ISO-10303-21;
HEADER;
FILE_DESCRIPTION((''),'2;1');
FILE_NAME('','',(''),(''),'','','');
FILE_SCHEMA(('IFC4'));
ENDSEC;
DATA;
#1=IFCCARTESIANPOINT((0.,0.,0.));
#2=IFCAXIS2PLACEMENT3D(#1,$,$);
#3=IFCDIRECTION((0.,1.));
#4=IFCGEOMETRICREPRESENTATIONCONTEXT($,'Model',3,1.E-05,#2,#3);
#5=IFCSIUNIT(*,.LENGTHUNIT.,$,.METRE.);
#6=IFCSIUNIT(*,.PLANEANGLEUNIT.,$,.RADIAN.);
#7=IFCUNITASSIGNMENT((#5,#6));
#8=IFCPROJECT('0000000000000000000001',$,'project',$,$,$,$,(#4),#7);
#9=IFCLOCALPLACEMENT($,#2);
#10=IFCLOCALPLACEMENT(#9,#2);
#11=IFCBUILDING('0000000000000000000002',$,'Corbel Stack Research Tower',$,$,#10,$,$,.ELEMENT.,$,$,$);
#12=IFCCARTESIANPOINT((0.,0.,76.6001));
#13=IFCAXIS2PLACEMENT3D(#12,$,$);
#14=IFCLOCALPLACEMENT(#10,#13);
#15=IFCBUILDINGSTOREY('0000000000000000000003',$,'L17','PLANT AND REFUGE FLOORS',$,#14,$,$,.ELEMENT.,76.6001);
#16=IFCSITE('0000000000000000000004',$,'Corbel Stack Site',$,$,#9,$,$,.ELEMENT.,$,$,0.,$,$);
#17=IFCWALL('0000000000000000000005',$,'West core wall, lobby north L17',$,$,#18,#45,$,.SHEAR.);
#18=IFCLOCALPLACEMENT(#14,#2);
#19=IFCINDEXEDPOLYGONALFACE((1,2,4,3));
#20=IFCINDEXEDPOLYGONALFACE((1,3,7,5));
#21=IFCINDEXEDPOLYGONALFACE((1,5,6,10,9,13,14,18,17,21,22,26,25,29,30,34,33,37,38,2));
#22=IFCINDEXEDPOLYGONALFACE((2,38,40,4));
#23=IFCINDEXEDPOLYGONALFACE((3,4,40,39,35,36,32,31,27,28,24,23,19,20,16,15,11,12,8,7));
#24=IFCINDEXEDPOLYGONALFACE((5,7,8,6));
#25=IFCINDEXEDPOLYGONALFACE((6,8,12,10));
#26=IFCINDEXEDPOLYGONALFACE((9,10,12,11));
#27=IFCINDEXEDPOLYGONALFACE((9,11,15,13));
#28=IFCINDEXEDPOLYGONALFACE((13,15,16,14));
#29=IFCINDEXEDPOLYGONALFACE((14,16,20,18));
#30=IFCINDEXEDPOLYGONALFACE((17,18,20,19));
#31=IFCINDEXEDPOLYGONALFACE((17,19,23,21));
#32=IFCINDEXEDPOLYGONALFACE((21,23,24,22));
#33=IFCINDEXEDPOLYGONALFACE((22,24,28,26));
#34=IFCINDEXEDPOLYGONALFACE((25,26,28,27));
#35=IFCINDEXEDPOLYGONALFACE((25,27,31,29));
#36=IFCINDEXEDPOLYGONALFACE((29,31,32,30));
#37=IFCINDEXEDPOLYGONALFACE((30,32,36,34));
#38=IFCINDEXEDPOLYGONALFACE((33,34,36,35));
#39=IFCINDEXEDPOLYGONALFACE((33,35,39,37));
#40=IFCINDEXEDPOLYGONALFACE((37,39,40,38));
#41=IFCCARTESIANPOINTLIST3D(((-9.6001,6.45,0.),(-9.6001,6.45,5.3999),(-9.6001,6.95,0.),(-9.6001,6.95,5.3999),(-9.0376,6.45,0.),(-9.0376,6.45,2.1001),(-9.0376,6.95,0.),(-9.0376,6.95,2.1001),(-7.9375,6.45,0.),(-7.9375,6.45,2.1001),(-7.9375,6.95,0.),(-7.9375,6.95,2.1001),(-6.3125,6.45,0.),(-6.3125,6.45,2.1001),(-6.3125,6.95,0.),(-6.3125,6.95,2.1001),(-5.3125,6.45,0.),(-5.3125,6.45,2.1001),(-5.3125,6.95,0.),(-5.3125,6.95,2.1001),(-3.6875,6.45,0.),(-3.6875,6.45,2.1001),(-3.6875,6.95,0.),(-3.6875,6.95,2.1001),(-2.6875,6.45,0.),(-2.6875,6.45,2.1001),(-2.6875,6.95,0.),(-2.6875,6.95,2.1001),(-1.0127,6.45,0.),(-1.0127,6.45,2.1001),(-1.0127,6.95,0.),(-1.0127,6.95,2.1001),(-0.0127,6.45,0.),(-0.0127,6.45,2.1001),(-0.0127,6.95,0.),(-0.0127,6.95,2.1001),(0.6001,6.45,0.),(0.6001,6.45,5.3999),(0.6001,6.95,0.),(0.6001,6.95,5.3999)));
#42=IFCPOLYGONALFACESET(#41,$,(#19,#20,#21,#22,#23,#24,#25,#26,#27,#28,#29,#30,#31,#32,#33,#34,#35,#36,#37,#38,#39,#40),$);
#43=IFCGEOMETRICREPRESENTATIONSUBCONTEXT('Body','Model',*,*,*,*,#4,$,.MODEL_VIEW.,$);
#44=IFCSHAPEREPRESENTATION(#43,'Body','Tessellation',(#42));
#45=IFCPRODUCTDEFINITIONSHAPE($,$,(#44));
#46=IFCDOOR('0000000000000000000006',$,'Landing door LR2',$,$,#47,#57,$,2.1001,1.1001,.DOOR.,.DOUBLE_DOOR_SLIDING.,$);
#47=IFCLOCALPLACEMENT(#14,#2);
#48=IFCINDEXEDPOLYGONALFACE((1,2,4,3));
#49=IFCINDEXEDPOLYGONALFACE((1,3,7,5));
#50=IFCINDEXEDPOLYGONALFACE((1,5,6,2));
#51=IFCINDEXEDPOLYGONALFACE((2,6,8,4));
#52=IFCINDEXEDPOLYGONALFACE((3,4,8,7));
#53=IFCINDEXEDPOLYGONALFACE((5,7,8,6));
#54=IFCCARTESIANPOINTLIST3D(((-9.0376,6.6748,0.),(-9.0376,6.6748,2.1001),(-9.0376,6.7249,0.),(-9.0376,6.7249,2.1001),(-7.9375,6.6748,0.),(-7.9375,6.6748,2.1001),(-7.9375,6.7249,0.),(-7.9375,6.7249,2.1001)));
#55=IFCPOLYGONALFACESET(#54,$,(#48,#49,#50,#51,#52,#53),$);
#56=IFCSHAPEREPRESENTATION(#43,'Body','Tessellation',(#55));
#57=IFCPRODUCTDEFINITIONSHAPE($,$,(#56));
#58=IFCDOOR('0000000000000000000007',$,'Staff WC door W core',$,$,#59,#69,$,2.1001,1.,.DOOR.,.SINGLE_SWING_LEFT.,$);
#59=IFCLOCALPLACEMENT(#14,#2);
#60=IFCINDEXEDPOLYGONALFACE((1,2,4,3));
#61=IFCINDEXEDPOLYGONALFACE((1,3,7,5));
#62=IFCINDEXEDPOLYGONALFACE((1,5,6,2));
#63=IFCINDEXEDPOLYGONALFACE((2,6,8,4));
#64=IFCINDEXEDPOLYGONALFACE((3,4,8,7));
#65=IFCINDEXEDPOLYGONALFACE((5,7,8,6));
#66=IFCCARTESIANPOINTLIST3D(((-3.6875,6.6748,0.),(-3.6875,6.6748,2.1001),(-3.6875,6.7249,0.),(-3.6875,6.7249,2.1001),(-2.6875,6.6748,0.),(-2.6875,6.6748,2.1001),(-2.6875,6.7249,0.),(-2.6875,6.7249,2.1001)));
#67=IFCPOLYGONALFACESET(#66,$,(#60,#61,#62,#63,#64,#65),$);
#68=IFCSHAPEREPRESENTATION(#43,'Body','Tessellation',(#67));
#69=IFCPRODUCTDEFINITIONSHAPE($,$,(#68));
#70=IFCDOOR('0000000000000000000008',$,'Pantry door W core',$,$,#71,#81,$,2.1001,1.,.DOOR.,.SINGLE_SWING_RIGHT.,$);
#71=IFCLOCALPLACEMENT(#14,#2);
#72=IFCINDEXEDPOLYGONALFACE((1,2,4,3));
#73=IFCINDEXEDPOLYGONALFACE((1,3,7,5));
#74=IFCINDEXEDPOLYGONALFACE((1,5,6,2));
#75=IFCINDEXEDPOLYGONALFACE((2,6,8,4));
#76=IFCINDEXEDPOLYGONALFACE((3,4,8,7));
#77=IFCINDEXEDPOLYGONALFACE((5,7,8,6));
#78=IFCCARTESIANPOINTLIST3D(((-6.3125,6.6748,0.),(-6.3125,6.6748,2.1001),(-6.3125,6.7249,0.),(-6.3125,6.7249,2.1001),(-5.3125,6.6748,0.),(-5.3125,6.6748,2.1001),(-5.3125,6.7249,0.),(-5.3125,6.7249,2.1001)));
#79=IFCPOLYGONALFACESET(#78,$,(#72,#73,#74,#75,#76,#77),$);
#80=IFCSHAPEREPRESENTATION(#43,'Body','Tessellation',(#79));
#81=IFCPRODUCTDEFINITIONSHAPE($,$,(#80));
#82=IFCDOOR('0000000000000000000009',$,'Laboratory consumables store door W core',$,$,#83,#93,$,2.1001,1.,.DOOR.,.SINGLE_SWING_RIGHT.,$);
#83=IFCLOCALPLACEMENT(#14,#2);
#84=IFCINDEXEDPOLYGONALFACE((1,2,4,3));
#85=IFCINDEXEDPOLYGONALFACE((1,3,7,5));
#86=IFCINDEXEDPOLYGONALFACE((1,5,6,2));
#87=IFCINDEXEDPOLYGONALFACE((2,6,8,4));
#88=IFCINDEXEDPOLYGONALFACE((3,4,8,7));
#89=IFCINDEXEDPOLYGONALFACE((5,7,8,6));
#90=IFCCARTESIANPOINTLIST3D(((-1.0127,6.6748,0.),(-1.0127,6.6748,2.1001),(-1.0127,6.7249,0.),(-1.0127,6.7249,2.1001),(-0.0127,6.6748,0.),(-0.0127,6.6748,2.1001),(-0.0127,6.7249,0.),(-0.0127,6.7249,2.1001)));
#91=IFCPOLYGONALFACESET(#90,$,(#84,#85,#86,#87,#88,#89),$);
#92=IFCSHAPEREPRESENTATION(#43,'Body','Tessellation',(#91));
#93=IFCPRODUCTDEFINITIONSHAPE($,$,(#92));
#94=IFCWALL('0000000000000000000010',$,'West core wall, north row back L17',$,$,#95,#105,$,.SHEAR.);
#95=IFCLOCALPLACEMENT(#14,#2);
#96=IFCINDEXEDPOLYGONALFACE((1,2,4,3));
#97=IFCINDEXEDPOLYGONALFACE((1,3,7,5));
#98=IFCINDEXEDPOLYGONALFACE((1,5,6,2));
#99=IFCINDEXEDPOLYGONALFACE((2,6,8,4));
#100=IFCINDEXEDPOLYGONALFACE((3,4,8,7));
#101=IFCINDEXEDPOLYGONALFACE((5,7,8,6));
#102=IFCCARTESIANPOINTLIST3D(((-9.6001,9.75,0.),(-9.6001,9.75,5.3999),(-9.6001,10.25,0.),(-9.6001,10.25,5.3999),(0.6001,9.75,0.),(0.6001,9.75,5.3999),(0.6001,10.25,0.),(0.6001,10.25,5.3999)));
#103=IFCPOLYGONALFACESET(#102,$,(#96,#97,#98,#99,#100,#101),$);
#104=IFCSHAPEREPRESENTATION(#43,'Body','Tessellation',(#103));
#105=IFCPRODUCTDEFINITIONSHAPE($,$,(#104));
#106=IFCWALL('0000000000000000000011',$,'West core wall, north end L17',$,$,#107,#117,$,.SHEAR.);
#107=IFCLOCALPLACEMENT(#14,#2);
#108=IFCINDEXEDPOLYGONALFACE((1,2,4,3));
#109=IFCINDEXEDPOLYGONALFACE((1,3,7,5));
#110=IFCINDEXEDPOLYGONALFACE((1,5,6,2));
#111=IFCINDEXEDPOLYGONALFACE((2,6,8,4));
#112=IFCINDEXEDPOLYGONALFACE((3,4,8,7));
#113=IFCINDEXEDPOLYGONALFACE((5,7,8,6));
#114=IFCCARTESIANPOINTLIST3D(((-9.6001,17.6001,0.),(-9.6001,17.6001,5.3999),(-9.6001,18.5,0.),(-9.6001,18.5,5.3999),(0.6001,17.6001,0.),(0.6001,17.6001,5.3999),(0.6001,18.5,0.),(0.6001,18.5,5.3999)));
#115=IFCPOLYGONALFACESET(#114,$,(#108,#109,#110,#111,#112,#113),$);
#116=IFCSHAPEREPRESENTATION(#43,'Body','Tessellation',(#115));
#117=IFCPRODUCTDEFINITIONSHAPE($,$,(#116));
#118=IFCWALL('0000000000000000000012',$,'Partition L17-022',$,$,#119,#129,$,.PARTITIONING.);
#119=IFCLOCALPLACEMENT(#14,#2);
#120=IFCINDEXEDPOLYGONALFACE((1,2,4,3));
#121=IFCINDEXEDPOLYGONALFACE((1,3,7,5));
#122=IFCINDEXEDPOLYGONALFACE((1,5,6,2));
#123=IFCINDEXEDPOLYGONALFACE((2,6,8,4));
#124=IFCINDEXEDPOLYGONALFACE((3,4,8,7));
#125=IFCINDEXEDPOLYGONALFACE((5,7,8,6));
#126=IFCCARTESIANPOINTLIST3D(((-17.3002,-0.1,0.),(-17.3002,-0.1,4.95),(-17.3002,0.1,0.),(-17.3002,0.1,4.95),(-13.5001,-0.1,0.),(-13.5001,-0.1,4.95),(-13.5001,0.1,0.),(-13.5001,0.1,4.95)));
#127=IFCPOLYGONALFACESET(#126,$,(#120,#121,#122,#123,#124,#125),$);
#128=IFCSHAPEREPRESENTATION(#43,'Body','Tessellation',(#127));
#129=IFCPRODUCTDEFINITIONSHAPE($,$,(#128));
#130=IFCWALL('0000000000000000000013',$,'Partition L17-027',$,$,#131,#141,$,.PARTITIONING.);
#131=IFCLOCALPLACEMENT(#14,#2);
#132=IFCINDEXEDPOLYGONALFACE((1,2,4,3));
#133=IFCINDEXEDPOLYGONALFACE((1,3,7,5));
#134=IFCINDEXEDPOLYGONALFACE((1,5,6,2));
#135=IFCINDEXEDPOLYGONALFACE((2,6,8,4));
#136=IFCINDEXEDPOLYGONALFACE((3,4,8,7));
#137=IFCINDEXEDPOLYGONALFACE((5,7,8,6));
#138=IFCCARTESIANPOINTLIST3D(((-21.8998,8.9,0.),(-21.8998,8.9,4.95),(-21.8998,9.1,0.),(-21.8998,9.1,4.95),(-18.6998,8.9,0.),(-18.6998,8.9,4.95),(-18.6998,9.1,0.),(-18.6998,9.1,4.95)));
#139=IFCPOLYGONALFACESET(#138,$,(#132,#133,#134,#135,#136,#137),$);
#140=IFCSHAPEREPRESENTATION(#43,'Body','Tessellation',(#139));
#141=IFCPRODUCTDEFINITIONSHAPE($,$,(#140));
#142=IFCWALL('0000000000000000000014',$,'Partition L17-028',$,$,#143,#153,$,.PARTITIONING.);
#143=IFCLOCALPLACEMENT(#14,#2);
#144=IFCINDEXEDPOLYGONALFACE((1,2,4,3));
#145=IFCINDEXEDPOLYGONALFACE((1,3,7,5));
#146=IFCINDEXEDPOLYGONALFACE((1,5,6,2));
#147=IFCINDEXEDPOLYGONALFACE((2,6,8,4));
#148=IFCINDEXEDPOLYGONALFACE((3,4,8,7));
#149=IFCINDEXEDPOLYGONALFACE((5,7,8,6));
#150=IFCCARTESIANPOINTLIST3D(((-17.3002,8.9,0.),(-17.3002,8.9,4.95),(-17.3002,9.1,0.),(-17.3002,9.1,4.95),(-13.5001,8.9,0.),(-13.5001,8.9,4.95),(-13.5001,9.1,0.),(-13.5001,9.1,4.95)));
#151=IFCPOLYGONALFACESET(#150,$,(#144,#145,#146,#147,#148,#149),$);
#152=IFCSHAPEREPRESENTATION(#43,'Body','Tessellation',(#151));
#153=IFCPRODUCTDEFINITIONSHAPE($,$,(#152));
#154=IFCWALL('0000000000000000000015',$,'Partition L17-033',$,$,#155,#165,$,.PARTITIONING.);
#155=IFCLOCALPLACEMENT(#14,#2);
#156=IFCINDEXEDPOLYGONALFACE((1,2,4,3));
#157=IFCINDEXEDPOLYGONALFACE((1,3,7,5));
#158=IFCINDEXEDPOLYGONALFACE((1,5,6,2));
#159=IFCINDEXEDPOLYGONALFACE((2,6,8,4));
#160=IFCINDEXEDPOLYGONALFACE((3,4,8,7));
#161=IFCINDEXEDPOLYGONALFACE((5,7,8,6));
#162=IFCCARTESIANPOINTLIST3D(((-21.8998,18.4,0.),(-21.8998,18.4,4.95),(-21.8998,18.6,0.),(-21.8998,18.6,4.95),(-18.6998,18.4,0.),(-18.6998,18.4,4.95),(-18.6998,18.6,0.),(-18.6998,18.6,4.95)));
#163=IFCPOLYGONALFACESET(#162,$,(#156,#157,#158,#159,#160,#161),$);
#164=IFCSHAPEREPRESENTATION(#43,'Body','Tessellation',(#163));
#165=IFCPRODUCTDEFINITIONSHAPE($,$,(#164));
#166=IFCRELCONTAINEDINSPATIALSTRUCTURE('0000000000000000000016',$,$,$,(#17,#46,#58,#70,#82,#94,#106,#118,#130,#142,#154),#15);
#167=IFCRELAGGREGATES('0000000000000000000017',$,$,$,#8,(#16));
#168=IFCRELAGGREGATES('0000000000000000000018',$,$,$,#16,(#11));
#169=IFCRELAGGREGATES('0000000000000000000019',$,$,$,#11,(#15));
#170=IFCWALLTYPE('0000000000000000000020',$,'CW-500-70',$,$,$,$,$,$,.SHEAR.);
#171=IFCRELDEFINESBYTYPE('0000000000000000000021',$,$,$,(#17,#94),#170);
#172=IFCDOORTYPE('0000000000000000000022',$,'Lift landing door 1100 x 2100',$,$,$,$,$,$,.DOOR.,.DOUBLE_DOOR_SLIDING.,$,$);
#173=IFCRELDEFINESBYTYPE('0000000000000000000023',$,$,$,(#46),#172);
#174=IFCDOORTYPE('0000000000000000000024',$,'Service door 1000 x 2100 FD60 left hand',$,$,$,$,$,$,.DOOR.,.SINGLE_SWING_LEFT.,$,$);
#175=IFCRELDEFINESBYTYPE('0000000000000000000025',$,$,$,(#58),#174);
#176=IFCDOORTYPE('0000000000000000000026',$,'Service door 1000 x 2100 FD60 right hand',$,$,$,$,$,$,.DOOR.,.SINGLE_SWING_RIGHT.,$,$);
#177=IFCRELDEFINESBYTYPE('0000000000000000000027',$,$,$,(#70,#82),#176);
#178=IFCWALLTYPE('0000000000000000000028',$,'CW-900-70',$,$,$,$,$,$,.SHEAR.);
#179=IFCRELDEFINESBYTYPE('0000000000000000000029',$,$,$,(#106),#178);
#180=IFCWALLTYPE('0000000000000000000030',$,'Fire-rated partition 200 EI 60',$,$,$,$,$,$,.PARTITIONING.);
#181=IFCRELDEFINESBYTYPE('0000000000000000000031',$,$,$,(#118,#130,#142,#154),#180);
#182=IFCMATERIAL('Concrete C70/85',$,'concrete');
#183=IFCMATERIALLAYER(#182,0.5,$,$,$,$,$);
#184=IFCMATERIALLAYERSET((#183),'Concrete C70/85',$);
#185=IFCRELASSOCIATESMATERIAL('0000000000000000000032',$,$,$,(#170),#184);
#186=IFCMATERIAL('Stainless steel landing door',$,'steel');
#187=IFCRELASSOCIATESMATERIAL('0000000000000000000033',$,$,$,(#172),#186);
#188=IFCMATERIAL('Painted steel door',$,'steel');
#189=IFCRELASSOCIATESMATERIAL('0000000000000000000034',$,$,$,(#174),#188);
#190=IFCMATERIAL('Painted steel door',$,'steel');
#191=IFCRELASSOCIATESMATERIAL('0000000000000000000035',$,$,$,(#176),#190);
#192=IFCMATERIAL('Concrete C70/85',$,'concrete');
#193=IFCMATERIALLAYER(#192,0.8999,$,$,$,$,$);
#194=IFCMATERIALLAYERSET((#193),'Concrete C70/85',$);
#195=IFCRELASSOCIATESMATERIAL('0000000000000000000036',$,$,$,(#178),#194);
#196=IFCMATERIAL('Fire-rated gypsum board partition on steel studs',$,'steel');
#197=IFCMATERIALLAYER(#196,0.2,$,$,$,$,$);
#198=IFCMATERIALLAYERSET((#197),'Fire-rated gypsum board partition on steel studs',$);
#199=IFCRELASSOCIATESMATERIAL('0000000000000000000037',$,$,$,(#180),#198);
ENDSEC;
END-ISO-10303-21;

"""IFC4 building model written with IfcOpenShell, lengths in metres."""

from ifc_helpers import new_model, si_unit, direction, frame, frame_2d, origin, place, context, subcontext, project, spatial, rectangle, extrude, material, layer, layer_set, type_object, element, fill, save


model = new_model("IFC4")

# Units and contexts
model_context = context("Model", 3, precision=1e-05, world=origin(), true_north=direction((0.0, 1.0)))
body_context = subcontext(model_context, "Body", "Model", "MODEL_VIEW")
ifc_project = project(units=[si_unit("LENGTHUNIT", "METRE"), si_unit("PLANEANGLEUNIT", "RADIAN")], contexts=[model_context])

# Site, building, storey
site_placement = place(None, origin())
site = spatial("IfcSite", under=ifc_project, at=site_placement, Name="Corbel Stack Site", CompositionType="ELEMENT", RefElevation=0.0)
building_placement = place(site_placement, origin())
building = spatial("IfcBuilding", under=site, at=building_placement, Name="Corbel Stack Research Tower", CompositionType="ELEMENT")
storey_placement = place(building_placement, frame((0.0, 0.0, 76.6001)))
storey = spatial("IfcBuildingStorey", under=building, at=storey_placement, Name="L17", Description="PLANT AND REFUGE FLOORS", CompositionType="ELEMENT", Elevation=76.6001)

# Wall, openings, doors
ifc_material_1 = material(Name="Concrete C70/85", Category="concrete")
ifc_layer_1 = layer(ifc_material_1, 0.5)
ifc_layer_set_1 = layer_set([ifc_layer_1], Name="Concrete C70/85")
wall_type_1 = type_object("IfcWallType", Name="CW-500-70", PredefinedType="SHEAR", material=ifc_layer_set_1)
ifc_material_2 = material(Name="Stainless steel landing door", Category="steel")
door_type_1 = type_object("IfcDoorType", Name="Lift landing door 1100 x 2100", OperationType="DOUBLE_DOOR_SLIDING", PredefinedType="DOOR", material=ifc_material_2)
wall_1_placement = place(storey_placement, frame((-9.6001, 6.7, 0.0), z_axis=(0.0, 0.0, 1.0), x_axis=(1.0, 0.0, 0.0)))
wall_1 = element("IfcWall", 1, at=wall_1_placement, inside=storey, type_object=wall_type_1, Name="West core wall, lobby north L17", PredefinedType="SHEAR", context=body_context, shape_type="SweptSolid", body=[
    extrude(rectangle(XDim=10.2002, YDim=0.5, at=frame_2d((5.1001, 0.0))), origin(), (0.0, 0.0, 1.0), 5.3999),
])
opening_1_placement = place(wall_1_placement, frame((0.5625, 0.0, 0.0)))
opening_1 = element("IfcOpeningElement", 2, at=opening_1_placement, cuts=wall_1, PredefinedType="OPENING", context=body_context, shape_type="SweptSolid", body=[
    extrude(rectangle(XDim=1.1001, YDim=2.1001, at=frame_2d((0.55, 1.05))), frame((0.0, 0.26, 0.0), z_axis=(0.0, -1.0, 0.0), x_axis=(1.0, 0.0, 0.0)), (0.0, 0.0, 1.0), 0.52),
])
opening_2_placement = place(wall_1_placement, frame((3.2876, 0.0, 0.0)))
opening_2 = element("IfcOpeningElement", 3, at=opening_2_placement, cuts=wall_1, PredefinedType="OPENING", context=body_context, shape_type="SweptSolid", body=[
    extrude(rectangle(XDim=1.0, YDim=2.1001, at=frame_2d((0.5, 1.05))), frame((0.0, 0.26, 0.0), z_axis=(0.0, -1.0, 0.0), x_axis=(1.0, 0.0, 0.0)), (0.0, 0.0, 1.0), 0.52),
])
opening_3_placement = place(wall_1_placement, frame((5.9126, 0.0, 0.0)))
opening_3 = element("IfcOpeningElement", 4, at=opening_3_placement, cuts=wall_1, PredefinedType="OPENING", context=body_context, shape_type="SweptSolid", body=[
    extrude(rectangle(XDim=1.0, YDim=2.1001, at=frame_2d((0.5, 1.05))), frame((0.0, 0.26, 0.0), z_axis=(0.0, -1.0, 0.0), x_axis=(1.0, 0.0, 0.0)), (0.0, 0.0, 1.0), 0.52),
])
opening_4_placement = place(wall_1_placement, frame((8.5874, 0.0, 0.0)))
opening_4 = element("IfcOpeningElement", 5, at=opening_4_placement, cuts=wall_1, PredefinedType="OPENING", context=body_context, shape_type="SweptSolid", body=[
    extrude(rectangle(XDim=1.0, YDim=2.1001, at=frame_2d((0.5, 1.05))), frame((0.0, 0.26, 0.0), z_axis=(0.0, -1.0, 0.0), x_axis=(1.0, 0.0, 0.0)), (0.0, 0.0, 1.0), 0.52),
])
door_1_placement = place(opening_1_placement, origin())
door_1 = element("IfcDoor", 6, at=door_1_placement, inside=storey, type_object=door_type_1, Name="Landing door LR2", OperationType="DOUBLE_DOOR_SLIDING", OverallHeight=2.1001, OverallWidth=1.1001, PredefinedType="DOOR", context=body_context, shape_type="SweptSolid", body=[
    extrude(rectangle(XDim=1.1001, YDim=2.1001, at=frame_2d((0.55, 1.05))), frame((0.0, 0.0249, 0.0), z_axis=(0.0, -1.0, 0.0), x_axis=(1.0, 0.0, 0.0)), (0.0, 0.0, 1.0), 0.05),
])
fill(opening_1, door_1)
ifc_material_3 = material(Name="Painted steel door", Category="steel")
door_type_2 = type_object("IfcDoorType", Name="Service door 1000 x 2100 FD60 left hand", OperationType="SINGLE_SWING_LEFT", PredefinedType="DOOR", material=ifc_material_3)
door_2_placement = place(opening_3_placement, origin())
door_2 = element("IfcDoor", 7, at=door_2_placement, inside=storey, type_object=door_type_2, Name="Staff WC door W core", OperationType="SINGLE_SWING_LEFT", OverallHeight=2.1001, OverallWidth=1.0, PredefinedType="DOOR", context=body_context, shape_type="SweptSolid", body=[
    extrude(rectangle(XDim=1.0, YDim=2.1001, at=frame_2d((0.5, 1.05))), frame((0.0, 0.0249, 0.0), z_axis=(0.0, -1.0, 0.0), x_axis=(1.0, 0.0, 0.0)), (0.0, 0.0, 1.0), 0.05),
])
fill(opening_3, door_2)
ifc_material_4 = material(Name="Painted steel door", Category="steel")
door_type_3 = type_object("IfcDoorType", Name="Service door 1000 x 2100 FD60 right hand", OperationType="SINGLE_SWING_RIGHT", PredefinedType="DOOR", material=ifc_material_4)
door_3_placement = place(opening_2_placement, origin())
door_3 = element("IfcDoor", 8, at=door_3_placement, inside=storey, type_object=door_type_3, Name="Pantry door W core", OperationType="SINGLE_SWING_RIGHT", OverallHeight=2.1001, OverallWidth=1.0, PredefinedType="DOOR", context=body_context, shape_type="SweptSolid", body=[
    extrude(rectangle(XDim=1.0, YDim=2.1001, at=frame_2d((0.5, 1.05))), frame((0.0, 0.0249, 0.0), z_axis=(0.0, -1.0, 0.0), x_axis=(1.0, 0.0, 0.0)), (0.0, 0.0, 1.0), 0.05),
])
fill(opening_2, door_3)
door_4_placement = place(opening_4_placement, origin())
door_4 = element("IfcDoor", 9, at=door_4_placement, inside=storey, type_object=door_type_3, Name="Laboratory consumables store door W core", OperationType="SINGLE_SWING_RIGHT", OverallHeight=2.1001, OverallWidth=1.0, PredefinedType="DOOR", context=body_context, shape_type="SweptSolid", body=[
    extrude(rectangle(XDim=1.0, YDim=2.1001, at=frame_2d((0.5, 1.05))), frame((0.0, 0.0249, 0.0), z_axis=(0.0, -1.0, 0.0), x_axis=(1.0, 0.0, 0.0)), (0.0, 0.0, 1.0), 0.05),
])
fill(opening_4, door_4)

# Walls
wall_2_placement = place(storey_placement, frame((-9.6001, 10.0, 0.0), z_axis=(0.0, 0.0, 1.0), x_axis=(1.0, 0.0, 0.0)))
element("IfcWall", 10, at=wall_2_placement, inside=storey, type_object=wall_type_1, Name="West core wall, north row back L17", PredefinedType="SHEAR", context=body_context, shape_type="SweptSolid", body=[
    extrude(rectangle(XDim=10.2002, YDim=0.5, at=frame_2d((5.1001, 0.0))), origin(), (0.0, 0.0, 1.0), 5.3999),
])
ifc_material_5 = material(Name="Concrete C70/85", Category="concrete")
ifc_layer_2 = layer(ifc_material_5, 0.8999)
ifc_layer_set_2 = layer_set([ifc_layer_2], Name="Concrete C70/85")
wall_type_2 = type_object("IfcWallType", Name="CW-900-70", PredefinedType="SHEAR", material=ifc_layer_set_2)
wall_3_placement = place(storey_placement, frame((-9.6001, 18.05, 0.0), z_axis=(0.0, 0.0, 1.0), x_axis=(1.0, 0.0, 0.0)))
element("IfcWall", 11, at=wall_3_placement, inside=storey, type_object=wall_type_2, Name="West core wall, north end L17", PredefinedType="SHEAR", context=body_context, shape_type="SweptSolid", body=[
    extrude(rectangle(XDim=10.2002, YDim=0.8999, at=frame_2d((5.1001, 0.0))), origin(), (0.0, 0.0, 1.0), 5.3999),
])
ifc_material_6 = material(Name="Fire-rated gypsum board partition on steel studs", Category="steel")
ifc_layer_3 = layer(ifc_material_6, 0.2)
ifc_layer_set_3 = layer_set([ifc_layer_3], Name="Fire-rated gypsum board partition on steel studs")
wall_type_3 = type_object("IfcWallType", Name="Fire-rated partition 200 EI 60", PredefinedType="PARTITIONING", material=ifc_layer_set_3)
wall_4_placement = place(storey_placement, frame((-17.3, 0.0, 0.0), z_axis=(0.0, 0.0, 1.0), x_axis=(1.0, 0.0, 0.0)))
element("IfcWall", 12, at=wall_4_placement, inside=storey, type_object=wall_type_3, Name="Partition L17-022", PredefinedType="PARTITIONING", context=body_context, shape_type="SweptSolid", body=[
    extrude(rectangle(XDim=3.8, YDim=0.2, at=frame_2d((1.8999, 0.0))), origin(), (0.0, 0.0, 1.0), 4.95),
])
wall_5_placement = place(storey_placement, frame((-21.8999, 9.0, 0.0), z_axis=(0.0, 0.0, 1.0), x_axis=(1.0, 0.0, 0.0)))
element("IfcWall", 13, at=wall_5_placement, inside=storey, type_object=wall_type_3, Name="Partition L17-027", PredefinedType="PARTITIONING", context=body_context, shape_type="SweptSolid", body=[
    extrude(rectangle(XDim=3.2, YDim=0.2, at=frame_2d((1.6001, 0.0))), origin(), (0.0, 0.0, 1.0), 4.95),
])
wall_6_placement = place(storey_placement, frame((-17.3, 9.0, 0.0), z_axis=(0.0, 0.0, 1.0), x_axis=(1.0, 0.0, 0.0)))
element("IfcWall", 14, at=wall_6_placement, inside=storey, type_object=wall_type_3, Name="Partition L17-028", PredefinedType="PARTITIONING", context=body_context, shape_type="SweptSolid", body=[
    extrude(rectangle(XDim=3.8, YDim=0.2, at=frame_2d((1.8999, 0.0))), origin(), (0.0, 0.0, 1.0), 4.95),
])
wall_7_placement = place(storey_placement, frame((-21.8999, 18.5, 0.0), z_axis=(0.0, 0.0, 1.0), x_axis=(1.0, 0.0, 0.0)))
element("IfcWall", 15, at=wall_7_placement, inside=storey, type_object=wall_type_3, Name="Partition L17-033", PredefinedType="PARTITIONING", context=body_context, shape_type="SweptSolid", body=[
    extrude(rectangle(XDim=3.2, YDim=0.2, at=frame_2d((1.6001, 0.0))), origin(), (0.0, 0.0, 1.0), 4.95),
])

save(model, "model.ifc")
